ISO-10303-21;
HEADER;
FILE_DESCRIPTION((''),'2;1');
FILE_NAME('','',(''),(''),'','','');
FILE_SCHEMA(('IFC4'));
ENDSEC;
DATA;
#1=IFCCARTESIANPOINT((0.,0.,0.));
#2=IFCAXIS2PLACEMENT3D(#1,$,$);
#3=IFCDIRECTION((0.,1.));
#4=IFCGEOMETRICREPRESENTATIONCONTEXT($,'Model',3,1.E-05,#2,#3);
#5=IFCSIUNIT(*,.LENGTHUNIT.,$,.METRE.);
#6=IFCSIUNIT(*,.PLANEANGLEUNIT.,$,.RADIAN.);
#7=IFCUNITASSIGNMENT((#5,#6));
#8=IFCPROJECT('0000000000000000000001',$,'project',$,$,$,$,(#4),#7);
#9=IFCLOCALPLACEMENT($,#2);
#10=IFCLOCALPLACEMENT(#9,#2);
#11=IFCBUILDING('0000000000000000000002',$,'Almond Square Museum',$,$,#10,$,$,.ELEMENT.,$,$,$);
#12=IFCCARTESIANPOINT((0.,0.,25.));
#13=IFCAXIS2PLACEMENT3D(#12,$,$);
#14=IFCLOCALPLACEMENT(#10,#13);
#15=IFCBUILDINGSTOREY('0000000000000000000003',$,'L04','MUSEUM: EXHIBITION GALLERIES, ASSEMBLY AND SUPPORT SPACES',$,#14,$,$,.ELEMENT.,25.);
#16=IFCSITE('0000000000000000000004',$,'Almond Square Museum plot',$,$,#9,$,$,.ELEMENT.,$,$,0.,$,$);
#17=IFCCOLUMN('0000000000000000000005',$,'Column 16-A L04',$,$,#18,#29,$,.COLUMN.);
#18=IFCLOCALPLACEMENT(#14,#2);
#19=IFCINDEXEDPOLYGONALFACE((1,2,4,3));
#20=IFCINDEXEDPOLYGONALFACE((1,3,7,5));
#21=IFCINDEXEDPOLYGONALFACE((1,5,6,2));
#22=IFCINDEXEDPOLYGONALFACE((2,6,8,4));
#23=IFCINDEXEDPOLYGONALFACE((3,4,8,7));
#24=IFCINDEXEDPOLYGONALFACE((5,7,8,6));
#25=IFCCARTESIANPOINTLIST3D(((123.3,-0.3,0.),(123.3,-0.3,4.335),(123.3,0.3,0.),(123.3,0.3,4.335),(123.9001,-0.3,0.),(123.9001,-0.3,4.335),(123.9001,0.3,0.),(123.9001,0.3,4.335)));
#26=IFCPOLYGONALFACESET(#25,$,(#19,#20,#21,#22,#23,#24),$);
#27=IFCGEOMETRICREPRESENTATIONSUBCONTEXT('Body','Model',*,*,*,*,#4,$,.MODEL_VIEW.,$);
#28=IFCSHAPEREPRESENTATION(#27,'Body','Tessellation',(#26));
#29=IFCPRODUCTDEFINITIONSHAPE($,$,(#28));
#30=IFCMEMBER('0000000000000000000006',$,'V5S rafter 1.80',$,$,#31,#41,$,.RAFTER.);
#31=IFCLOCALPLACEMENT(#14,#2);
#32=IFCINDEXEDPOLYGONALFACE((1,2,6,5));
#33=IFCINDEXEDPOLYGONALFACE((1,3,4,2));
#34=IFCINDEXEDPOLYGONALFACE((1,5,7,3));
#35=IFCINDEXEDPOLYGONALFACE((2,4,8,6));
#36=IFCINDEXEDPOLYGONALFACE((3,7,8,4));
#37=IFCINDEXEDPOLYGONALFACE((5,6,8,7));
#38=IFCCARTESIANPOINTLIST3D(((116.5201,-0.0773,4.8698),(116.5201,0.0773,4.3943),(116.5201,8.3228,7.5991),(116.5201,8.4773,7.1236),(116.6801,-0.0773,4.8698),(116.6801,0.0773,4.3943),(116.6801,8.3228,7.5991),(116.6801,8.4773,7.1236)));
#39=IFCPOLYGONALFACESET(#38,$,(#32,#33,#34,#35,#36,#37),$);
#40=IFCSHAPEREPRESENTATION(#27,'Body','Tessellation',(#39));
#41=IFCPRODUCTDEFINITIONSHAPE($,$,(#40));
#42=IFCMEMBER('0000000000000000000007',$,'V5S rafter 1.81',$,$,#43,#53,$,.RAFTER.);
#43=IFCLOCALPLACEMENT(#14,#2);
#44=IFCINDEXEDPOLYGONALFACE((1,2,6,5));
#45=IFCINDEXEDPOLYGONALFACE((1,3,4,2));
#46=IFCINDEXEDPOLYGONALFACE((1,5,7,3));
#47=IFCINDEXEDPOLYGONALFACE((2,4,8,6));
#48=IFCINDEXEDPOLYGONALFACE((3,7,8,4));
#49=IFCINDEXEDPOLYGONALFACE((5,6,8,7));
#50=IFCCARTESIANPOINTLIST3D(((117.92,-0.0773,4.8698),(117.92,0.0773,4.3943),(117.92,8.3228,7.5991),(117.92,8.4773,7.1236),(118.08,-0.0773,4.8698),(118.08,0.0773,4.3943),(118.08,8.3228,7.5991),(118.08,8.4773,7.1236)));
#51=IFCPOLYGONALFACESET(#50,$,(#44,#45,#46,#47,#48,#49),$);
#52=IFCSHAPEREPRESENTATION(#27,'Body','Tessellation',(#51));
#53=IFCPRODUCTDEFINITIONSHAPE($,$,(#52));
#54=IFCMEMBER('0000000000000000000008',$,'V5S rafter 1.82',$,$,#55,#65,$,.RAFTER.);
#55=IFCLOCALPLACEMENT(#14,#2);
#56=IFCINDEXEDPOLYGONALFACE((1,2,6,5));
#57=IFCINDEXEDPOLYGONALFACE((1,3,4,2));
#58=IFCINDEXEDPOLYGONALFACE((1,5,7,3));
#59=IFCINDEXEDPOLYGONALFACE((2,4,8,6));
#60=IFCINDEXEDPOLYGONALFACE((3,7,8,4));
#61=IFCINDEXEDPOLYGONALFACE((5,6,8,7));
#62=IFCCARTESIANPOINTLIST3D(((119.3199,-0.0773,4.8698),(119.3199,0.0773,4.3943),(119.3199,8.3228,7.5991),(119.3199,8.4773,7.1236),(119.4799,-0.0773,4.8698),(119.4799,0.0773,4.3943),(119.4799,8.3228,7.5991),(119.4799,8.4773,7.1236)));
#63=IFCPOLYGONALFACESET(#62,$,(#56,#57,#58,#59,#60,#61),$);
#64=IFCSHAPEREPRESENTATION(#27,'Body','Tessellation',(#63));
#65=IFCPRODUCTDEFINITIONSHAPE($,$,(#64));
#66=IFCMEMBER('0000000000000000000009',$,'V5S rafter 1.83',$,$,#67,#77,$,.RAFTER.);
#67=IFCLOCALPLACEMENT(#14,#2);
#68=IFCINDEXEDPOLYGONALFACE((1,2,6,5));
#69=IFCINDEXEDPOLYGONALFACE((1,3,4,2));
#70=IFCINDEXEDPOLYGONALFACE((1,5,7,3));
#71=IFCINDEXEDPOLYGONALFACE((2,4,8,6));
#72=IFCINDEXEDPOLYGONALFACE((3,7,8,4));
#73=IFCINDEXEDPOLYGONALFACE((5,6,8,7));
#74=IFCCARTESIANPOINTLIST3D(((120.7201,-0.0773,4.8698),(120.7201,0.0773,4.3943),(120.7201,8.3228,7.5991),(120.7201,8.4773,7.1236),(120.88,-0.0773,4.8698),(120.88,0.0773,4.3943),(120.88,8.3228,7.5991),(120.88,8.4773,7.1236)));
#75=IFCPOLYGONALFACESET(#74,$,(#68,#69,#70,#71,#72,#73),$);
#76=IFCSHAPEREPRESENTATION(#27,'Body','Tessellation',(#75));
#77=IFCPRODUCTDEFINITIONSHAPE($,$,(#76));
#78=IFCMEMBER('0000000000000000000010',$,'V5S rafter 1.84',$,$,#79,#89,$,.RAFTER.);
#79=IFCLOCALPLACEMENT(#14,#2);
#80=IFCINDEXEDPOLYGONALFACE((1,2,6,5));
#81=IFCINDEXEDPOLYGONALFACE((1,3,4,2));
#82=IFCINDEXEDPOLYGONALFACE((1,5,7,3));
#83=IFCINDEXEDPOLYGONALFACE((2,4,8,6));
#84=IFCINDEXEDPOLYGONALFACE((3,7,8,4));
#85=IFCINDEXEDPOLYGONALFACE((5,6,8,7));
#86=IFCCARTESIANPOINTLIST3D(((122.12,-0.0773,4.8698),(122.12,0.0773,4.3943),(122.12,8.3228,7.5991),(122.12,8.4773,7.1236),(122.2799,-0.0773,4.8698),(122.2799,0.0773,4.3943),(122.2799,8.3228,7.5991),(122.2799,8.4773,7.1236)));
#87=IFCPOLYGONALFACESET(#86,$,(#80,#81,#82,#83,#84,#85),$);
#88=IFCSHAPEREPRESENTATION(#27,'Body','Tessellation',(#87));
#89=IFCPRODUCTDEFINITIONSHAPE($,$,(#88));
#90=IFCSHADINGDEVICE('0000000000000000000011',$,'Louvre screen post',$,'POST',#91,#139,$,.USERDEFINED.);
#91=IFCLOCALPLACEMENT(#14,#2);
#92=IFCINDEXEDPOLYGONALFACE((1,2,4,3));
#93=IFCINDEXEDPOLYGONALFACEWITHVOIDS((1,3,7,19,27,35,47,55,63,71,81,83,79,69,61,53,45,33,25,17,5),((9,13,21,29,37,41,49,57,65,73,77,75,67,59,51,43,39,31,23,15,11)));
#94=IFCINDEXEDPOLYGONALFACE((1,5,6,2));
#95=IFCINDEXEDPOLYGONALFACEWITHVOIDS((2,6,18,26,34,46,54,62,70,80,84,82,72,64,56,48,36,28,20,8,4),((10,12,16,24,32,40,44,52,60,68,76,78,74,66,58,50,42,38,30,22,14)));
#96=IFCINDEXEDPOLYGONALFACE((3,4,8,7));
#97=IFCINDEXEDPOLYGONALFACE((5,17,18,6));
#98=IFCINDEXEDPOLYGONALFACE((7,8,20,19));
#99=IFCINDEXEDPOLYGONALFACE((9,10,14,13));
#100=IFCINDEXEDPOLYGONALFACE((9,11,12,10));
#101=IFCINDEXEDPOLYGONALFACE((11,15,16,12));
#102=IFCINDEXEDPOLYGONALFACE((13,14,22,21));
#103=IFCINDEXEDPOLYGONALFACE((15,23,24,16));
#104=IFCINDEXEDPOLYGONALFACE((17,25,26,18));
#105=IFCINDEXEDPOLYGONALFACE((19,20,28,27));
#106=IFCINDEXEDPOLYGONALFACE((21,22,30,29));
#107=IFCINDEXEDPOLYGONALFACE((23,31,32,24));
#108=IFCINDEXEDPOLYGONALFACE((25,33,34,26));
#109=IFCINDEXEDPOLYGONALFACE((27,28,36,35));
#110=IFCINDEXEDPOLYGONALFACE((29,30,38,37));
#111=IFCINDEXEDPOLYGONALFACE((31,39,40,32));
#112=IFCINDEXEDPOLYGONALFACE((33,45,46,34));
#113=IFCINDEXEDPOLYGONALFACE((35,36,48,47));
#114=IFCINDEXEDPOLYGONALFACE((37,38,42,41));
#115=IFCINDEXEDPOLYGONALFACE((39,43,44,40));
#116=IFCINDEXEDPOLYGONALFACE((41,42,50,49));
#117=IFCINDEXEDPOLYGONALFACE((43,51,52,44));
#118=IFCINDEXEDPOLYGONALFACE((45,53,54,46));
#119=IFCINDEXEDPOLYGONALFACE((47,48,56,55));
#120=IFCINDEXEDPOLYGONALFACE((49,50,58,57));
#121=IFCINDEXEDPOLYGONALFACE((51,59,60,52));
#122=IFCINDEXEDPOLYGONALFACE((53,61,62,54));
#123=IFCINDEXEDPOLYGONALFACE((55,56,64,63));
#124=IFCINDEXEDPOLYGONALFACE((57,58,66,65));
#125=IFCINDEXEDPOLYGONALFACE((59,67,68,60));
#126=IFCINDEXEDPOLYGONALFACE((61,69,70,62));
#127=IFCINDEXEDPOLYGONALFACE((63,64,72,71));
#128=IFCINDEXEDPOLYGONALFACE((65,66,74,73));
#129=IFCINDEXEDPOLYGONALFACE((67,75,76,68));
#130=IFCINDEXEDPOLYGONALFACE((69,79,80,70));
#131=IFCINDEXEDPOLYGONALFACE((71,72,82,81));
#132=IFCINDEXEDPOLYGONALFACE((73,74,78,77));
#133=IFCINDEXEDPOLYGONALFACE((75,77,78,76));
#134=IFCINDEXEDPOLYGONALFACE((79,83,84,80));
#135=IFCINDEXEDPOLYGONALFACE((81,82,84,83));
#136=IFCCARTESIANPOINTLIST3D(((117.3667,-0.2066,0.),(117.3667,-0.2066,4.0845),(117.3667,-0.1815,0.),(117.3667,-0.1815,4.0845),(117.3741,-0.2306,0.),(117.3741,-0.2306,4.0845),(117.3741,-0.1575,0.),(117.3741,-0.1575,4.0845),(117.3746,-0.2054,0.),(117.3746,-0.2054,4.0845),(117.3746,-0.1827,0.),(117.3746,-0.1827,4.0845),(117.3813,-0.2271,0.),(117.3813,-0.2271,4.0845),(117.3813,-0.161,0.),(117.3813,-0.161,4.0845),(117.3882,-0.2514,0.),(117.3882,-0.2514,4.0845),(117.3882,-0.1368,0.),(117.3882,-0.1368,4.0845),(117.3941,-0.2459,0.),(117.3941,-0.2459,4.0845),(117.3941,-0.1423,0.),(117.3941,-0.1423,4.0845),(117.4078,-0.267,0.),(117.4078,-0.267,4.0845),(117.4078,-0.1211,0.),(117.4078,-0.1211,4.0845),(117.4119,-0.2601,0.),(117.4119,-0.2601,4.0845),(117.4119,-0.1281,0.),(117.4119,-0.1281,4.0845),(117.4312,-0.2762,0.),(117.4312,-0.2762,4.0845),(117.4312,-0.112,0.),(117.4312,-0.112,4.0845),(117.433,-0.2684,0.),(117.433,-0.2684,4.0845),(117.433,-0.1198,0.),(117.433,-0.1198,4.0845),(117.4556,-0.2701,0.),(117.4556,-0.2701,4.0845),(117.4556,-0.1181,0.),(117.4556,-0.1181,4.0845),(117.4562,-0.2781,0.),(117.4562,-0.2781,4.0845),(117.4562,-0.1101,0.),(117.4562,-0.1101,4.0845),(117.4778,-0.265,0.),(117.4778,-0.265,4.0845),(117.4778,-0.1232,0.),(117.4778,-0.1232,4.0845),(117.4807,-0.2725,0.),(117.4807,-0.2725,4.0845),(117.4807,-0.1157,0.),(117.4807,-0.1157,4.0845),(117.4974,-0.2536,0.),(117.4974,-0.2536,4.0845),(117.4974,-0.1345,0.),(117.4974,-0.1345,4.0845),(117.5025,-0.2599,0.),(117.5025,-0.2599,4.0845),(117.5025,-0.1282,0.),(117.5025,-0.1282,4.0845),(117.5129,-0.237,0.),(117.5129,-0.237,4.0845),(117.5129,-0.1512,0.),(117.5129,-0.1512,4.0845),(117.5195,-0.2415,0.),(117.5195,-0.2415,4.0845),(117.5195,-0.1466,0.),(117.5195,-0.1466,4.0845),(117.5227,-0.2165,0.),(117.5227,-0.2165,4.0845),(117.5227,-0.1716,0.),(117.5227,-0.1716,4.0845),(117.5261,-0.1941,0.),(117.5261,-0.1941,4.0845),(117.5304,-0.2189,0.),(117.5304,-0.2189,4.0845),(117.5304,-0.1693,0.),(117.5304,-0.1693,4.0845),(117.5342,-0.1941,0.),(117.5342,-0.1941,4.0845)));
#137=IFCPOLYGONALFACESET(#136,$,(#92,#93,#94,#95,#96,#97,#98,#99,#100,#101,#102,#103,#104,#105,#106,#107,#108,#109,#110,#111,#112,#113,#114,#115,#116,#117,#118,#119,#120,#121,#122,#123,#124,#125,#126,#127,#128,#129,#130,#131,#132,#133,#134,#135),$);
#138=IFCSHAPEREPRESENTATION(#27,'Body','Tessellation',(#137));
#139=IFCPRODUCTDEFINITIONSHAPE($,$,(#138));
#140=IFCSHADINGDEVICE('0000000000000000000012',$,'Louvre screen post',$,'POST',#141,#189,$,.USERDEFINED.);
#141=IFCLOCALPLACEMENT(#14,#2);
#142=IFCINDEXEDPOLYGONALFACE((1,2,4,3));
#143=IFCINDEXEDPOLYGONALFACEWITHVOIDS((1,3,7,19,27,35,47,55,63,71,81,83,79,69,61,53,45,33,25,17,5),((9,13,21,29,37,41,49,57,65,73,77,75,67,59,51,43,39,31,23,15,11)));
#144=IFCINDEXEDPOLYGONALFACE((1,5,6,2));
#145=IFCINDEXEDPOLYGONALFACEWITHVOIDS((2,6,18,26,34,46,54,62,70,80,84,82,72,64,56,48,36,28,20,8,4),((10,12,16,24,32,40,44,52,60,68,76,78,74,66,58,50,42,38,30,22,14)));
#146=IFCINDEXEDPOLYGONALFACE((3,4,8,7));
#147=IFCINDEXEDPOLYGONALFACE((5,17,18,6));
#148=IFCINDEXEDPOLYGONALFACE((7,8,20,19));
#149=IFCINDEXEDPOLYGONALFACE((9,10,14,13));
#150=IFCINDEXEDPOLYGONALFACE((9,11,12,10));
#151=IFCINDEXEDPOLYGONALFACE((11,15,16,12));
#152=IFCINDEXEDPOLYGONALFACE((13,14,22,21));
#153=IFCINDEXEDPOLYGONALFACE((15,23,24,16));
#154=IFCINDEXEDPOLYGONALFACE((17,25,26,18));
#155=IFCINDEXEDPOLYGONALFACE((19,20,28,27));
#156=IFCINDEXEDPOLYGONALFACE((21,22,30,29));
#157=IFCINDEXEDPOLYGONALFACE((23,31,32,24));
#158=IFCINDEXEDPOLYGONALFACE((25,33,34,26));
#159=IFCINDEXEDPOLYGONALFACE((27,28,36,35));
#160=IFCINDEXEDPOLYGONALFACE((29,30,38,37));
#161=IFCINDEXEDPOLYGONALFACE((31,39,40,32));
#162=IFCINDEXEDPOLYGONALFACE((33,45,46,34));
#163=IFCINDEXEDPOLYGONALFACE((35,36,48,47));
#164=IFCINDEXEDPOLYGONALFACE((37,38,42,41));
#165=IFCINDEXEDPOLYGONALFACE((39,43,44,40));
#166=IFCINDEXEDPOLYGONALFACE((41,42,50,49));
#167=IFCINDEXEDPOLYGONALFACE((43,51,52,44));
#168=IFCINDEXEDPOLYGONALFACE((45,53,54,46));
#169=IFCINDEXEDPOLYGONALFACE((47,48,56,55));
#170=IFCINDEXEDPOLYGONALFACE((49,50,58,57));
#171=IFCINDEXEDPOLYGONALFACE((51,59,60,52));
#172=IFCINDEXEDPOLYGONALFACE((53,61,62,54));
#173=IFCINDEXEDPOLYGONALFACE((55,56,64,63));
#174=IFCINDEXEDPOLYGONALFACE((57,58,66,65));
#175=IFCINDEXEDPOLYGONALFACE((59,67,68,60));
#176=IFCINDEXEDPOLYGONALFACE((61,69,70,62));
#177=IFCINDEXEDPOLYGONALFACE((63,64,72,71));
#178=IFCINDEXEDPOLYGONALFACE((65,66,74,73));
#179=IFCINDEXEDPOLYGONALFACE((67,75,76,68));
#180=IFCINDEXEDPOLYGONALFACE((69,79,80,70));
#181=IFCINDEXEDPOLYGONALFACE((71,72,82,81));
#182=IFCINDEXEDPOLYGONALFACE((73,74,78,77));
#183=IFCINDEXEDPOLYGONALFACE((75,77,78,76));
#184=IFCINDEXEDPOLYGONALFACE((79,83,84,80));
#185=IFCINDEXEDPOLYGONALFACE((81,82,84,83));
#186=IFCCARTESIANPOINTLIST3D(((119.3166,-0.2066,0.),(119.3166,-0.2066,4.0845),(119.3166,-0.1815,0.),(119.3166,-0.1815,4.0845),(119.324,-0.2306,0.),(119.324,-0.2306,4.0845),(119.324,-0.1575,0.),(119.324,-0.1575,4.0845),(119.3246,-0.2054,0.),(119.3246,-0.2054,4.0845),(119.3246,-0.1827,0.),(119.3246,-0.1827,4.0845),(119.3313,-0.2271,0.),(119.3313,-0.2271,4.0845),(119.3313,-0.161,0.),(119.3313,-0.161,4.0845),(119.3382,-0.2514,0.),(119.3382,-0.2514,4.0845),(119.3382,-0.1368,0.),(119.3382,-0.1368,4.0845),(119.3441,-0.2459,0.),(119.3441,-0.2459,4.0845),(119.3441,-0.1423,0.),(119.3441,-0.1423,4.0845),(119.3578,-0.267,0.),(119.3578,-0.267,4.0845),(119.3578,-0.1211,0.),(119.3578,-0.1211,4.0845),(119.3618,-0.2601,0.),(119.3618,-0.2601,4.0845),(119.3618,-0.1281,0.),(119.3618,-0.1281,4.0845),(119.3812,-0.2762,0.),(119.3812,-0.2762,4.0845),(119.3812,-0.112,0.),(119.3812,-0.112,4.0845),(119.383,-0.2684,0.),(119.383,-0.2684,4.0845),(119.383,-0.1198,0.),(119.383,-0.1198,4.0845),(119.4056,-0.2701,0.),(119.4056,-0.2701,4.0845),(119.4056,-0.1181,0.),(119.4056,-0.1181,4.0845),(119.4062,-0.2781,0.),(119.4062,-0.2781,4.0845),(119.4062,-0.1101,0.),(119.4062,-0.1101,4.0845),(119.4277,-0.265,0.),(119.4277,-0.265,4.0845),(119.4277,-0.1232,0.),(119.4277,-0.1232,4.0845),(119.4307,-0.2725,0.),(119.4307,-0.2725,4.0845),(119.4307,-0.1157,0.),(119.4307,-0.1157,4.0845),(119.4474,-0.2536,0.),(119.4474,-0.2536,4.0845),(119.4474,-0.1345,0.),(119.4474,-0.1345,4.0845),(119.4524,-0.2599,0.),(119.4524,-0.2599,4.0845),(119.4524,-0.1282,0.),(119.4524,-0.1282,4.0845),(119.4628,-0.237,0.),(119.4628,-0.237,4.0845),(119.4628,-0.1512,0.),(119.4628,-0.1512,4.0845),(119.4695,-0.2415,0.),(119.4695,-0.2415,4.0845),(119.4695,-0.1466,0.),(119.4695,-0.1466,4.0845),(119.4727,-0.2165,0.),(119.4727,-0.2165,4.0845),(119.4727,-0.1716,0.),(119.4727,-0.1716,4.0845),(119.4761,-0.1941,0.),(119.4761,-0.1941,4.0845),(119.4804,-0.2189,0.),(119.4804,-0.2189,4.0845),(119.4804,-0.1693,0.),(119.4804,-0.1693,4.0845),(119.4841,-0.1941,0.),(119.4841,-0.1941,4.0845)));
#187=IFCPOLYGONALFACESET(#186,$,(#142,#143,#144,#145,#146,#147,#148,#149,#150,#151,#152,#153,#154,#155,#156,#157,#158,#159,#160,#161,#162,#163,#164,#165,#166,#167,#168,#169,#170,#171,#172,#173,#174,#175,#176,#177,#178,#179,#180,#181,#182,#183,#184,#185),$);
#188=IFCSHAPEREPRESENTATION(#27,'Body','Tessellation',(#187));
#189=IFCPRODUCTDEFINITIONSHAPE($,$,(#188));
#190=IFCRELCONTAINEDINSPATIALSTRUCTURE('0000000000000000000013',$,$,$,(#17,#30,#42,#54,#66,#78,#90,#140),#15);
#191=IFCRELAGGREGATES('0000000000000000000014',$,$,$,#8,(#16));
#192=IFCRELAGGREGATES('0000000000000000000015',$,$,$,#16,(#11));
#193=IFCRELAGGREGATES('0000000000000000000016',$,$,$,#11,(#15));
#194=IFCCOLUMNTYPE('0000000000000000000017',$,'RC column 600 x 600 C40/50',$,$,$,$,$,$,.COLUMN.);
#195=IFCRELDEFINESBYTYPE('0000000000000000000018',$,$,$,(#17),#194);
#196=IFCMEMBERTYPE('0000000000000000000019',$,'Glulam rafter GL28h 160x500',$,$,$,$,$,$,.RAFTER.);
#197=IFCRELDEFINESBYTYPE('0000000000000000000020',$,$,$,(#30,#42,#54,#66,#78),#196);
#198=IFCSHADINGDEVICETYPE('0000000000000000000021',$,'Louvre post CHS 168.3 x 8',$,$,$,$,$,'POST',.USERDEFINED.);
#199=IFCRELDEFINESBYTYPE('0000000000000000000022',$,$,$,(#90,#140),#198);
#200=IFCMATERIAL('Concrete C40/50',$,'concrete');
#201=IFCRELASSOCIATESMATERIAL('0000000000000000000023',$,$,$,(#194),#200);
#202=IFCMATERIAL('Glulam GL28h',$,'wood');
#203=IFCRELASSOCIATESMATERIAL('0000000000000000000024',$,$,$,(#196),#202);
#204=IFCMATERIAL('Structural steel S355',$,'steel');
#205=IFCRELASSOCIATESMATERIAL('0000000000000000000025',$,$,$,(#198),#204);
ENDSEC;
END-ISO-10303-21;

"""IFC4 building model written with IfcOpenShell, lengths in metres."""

from ifc_helpers import new_model, si_unit, direction, frame, origin, origin_2d, place, context, subcontext, project, spatial, rectangle, hollow_circle, extrude, material, material_profile, profile_set, type_object, element, save


model = new_model("IFC4")

# Units and contexts
model_context = context("Model", 3, precision=1e-05, world=origin(), true_north=direction((0.0, 1.0)))
body_context = subcontext(model_context, "Body", "Model", "MODEL_VIEW")
ifc_project = project(units=[si_unit("LENGTHUNIT", "METRE"), si_unit("PLANEANGLEUNIT", "RADIAN")], contexts=[model_context])

# Site, building, storey
site_placement = place(None, origin())
site = spatial("IfcSite", under=ifc_project, at=site_placement, Name="Almond Square Museum plot", CompositionType="ELEMENT", RefElevation=0.0)
building_placement = place(site_placement, origin())
building = spatial("IfcBuilding", under=site, at=building_placement, Name="Almond Square Museum", CompositionType="ELEMENT")
storey_placement = place(building_placement, frame((0.0, 0.0, 25.0)))
storey = spatial("IfcBuildingStorey", under=building, at=storey_placement, Name="L04", Description="MUSEUM: EXHIBITION GALLERIES, ASSEMBLY AND SUPPORT SPACES", CompositionType="ELEMENT", Elevation=25.0)

# Column
ifc_material_1 = material(Name="Concrete C40/50", Category="concrete")
ifc_material_profile_1 = material_profile(ifc_material_1, rectangle(XDim=0.6001, YDim=0.6001, at=origin_2d()))
ifc_profile_set_1 = profile_set([ifc_material_profile_1], Name="Concrete C40/50")
column_type = type_object("IfcColumnType", Name="RC column 600 x 600 C40/50", PredefinedType="COLUMN", material=ifc_profile_set_1)
column_placement = place(storey_placement, frame((123.6001, 0.0, 0.0), z_axis=(0.0, 0.0, 1.0), x_axis=(1.0, 0.0, 0.0)))
element("IfcColumn", 1, at=column_placement, inside=storey, type_object=column_type, Name="Column 16-A L04", PredefinedType="COLUMN", context=body_context, shape_type="SweptSolid", body=[
    extrude(rectangle(XDim=0.6001, YDim=0.6001, at=origin_2d()), origin(), (0.0, 0.0, 1.0), 4.335),
])

# Members
ifc_material_2 = material(Name="Glulam GL28h", Category="wood")
ifc_material_profile_2 = material_profile(ifc_material_2, rectangle(XDim=0.1599, YDim=0.5, at=origin_2d()))
ifc_profile_set_2 = profile_set([ifc_material_profile_2], Name="Glulam GL28h")
member_type = type_object("IfcMemberType", Name="Glulam rafter GL28h 160x500", PredefinedType="RAFTER", material=ifc_profile_set_2)
for number, where, z_axis, x_axis, name in (
    (2, (116.6001, 0.0, 4.6321), (0.0, 0.951058, 0.309012), (-1.0, 0.0, 0.0), "V5S rafter 1.80"),
    (3, (118.0, 0.0, 4.6321), (0.0, 0.951058, 0.309012), (-1.0, 0.0, 0.0), "V5S rafter 1.81"),
    (4, (119.3999, 0.0, 4.6321), (0.0, 0.951058, 0.309012), (-1.0, 0.0, 0.0), "V5S rafter 1.82"),
    (5, (120.8, 0.0, 4.6321), (0.0, 0.951058, 0.309012), (-1.0, 0.0, 0.0), "V5S rafter 1.83"),
    (6, (122.2, 0.0, 4.6321), (0.0, 0.951058, 0.309012), (-1.0, 0.0, 0.0), "V5S rafter 1.84"),
):
    element("IfcMember", number, at=place(storey_placement, frame(where, z_axis=z_axis, x_axis=x_axis)), inside=storey, type_object=member_type, Name=name, PredefinedType="RAFTER", context=body_context, shape_type="SweptSolid", body=[
        extrude(rectangle(XDim=0.1599, YDim=0.5, at=origin_2d()), origin(), (0.0, 0.0, 1.0), 8.8323),
    ])

# Shading devices
ifc_material_3 = material(Name="Structural steel S355", Category="steel")
ifc_material_profile_3 = material_profile(ifc_material_3, hollow_circle(Radius=0.0842, WallThickness=0.0081, at=origin_2d()))
ifc_profile_set_3 = profile_set([ifc_material_profile_3], Name="Structural steel S355")
shading_device_type = type_object("IfcShadingDeviceType", Name="Louvre post CHS 168.3 x 8", ElementType="POST", PredefinedType="USERDEFINED", material=ifc_profile_set_3)
for number, where, z_axis, x_axis, name in (
    (7, (117.45, -0.1941, 0.0), (0.0, 0.0, 1.0), (1.0, 0.0, 0.0), "Louvre screen post"),
    (8, (119.3999, -0.1941, 0.0), (0.0, 0.0, 1.0), (1.0, 0.0, 0.0), "Louvre screen post"),
):
    element("IfcShadingDevice", number, at=place(storey_placement, frame(where, z_axis=z_axis, x_axis=x_axis)), inside=storey, type_object=shading_device_type, Name=name, ObjectType="POST", PredefinedType="USERDEFINED", context=body_context, shape_type="SweptSolid", body=[
        extrude(hollow_circle(Radius=0.0842, WallThickness=0.0081, at=origin_2d()), origin(), (0.0, 0.0, 1.0), 4.0845),
    ])

save(model, "model.ifc")
